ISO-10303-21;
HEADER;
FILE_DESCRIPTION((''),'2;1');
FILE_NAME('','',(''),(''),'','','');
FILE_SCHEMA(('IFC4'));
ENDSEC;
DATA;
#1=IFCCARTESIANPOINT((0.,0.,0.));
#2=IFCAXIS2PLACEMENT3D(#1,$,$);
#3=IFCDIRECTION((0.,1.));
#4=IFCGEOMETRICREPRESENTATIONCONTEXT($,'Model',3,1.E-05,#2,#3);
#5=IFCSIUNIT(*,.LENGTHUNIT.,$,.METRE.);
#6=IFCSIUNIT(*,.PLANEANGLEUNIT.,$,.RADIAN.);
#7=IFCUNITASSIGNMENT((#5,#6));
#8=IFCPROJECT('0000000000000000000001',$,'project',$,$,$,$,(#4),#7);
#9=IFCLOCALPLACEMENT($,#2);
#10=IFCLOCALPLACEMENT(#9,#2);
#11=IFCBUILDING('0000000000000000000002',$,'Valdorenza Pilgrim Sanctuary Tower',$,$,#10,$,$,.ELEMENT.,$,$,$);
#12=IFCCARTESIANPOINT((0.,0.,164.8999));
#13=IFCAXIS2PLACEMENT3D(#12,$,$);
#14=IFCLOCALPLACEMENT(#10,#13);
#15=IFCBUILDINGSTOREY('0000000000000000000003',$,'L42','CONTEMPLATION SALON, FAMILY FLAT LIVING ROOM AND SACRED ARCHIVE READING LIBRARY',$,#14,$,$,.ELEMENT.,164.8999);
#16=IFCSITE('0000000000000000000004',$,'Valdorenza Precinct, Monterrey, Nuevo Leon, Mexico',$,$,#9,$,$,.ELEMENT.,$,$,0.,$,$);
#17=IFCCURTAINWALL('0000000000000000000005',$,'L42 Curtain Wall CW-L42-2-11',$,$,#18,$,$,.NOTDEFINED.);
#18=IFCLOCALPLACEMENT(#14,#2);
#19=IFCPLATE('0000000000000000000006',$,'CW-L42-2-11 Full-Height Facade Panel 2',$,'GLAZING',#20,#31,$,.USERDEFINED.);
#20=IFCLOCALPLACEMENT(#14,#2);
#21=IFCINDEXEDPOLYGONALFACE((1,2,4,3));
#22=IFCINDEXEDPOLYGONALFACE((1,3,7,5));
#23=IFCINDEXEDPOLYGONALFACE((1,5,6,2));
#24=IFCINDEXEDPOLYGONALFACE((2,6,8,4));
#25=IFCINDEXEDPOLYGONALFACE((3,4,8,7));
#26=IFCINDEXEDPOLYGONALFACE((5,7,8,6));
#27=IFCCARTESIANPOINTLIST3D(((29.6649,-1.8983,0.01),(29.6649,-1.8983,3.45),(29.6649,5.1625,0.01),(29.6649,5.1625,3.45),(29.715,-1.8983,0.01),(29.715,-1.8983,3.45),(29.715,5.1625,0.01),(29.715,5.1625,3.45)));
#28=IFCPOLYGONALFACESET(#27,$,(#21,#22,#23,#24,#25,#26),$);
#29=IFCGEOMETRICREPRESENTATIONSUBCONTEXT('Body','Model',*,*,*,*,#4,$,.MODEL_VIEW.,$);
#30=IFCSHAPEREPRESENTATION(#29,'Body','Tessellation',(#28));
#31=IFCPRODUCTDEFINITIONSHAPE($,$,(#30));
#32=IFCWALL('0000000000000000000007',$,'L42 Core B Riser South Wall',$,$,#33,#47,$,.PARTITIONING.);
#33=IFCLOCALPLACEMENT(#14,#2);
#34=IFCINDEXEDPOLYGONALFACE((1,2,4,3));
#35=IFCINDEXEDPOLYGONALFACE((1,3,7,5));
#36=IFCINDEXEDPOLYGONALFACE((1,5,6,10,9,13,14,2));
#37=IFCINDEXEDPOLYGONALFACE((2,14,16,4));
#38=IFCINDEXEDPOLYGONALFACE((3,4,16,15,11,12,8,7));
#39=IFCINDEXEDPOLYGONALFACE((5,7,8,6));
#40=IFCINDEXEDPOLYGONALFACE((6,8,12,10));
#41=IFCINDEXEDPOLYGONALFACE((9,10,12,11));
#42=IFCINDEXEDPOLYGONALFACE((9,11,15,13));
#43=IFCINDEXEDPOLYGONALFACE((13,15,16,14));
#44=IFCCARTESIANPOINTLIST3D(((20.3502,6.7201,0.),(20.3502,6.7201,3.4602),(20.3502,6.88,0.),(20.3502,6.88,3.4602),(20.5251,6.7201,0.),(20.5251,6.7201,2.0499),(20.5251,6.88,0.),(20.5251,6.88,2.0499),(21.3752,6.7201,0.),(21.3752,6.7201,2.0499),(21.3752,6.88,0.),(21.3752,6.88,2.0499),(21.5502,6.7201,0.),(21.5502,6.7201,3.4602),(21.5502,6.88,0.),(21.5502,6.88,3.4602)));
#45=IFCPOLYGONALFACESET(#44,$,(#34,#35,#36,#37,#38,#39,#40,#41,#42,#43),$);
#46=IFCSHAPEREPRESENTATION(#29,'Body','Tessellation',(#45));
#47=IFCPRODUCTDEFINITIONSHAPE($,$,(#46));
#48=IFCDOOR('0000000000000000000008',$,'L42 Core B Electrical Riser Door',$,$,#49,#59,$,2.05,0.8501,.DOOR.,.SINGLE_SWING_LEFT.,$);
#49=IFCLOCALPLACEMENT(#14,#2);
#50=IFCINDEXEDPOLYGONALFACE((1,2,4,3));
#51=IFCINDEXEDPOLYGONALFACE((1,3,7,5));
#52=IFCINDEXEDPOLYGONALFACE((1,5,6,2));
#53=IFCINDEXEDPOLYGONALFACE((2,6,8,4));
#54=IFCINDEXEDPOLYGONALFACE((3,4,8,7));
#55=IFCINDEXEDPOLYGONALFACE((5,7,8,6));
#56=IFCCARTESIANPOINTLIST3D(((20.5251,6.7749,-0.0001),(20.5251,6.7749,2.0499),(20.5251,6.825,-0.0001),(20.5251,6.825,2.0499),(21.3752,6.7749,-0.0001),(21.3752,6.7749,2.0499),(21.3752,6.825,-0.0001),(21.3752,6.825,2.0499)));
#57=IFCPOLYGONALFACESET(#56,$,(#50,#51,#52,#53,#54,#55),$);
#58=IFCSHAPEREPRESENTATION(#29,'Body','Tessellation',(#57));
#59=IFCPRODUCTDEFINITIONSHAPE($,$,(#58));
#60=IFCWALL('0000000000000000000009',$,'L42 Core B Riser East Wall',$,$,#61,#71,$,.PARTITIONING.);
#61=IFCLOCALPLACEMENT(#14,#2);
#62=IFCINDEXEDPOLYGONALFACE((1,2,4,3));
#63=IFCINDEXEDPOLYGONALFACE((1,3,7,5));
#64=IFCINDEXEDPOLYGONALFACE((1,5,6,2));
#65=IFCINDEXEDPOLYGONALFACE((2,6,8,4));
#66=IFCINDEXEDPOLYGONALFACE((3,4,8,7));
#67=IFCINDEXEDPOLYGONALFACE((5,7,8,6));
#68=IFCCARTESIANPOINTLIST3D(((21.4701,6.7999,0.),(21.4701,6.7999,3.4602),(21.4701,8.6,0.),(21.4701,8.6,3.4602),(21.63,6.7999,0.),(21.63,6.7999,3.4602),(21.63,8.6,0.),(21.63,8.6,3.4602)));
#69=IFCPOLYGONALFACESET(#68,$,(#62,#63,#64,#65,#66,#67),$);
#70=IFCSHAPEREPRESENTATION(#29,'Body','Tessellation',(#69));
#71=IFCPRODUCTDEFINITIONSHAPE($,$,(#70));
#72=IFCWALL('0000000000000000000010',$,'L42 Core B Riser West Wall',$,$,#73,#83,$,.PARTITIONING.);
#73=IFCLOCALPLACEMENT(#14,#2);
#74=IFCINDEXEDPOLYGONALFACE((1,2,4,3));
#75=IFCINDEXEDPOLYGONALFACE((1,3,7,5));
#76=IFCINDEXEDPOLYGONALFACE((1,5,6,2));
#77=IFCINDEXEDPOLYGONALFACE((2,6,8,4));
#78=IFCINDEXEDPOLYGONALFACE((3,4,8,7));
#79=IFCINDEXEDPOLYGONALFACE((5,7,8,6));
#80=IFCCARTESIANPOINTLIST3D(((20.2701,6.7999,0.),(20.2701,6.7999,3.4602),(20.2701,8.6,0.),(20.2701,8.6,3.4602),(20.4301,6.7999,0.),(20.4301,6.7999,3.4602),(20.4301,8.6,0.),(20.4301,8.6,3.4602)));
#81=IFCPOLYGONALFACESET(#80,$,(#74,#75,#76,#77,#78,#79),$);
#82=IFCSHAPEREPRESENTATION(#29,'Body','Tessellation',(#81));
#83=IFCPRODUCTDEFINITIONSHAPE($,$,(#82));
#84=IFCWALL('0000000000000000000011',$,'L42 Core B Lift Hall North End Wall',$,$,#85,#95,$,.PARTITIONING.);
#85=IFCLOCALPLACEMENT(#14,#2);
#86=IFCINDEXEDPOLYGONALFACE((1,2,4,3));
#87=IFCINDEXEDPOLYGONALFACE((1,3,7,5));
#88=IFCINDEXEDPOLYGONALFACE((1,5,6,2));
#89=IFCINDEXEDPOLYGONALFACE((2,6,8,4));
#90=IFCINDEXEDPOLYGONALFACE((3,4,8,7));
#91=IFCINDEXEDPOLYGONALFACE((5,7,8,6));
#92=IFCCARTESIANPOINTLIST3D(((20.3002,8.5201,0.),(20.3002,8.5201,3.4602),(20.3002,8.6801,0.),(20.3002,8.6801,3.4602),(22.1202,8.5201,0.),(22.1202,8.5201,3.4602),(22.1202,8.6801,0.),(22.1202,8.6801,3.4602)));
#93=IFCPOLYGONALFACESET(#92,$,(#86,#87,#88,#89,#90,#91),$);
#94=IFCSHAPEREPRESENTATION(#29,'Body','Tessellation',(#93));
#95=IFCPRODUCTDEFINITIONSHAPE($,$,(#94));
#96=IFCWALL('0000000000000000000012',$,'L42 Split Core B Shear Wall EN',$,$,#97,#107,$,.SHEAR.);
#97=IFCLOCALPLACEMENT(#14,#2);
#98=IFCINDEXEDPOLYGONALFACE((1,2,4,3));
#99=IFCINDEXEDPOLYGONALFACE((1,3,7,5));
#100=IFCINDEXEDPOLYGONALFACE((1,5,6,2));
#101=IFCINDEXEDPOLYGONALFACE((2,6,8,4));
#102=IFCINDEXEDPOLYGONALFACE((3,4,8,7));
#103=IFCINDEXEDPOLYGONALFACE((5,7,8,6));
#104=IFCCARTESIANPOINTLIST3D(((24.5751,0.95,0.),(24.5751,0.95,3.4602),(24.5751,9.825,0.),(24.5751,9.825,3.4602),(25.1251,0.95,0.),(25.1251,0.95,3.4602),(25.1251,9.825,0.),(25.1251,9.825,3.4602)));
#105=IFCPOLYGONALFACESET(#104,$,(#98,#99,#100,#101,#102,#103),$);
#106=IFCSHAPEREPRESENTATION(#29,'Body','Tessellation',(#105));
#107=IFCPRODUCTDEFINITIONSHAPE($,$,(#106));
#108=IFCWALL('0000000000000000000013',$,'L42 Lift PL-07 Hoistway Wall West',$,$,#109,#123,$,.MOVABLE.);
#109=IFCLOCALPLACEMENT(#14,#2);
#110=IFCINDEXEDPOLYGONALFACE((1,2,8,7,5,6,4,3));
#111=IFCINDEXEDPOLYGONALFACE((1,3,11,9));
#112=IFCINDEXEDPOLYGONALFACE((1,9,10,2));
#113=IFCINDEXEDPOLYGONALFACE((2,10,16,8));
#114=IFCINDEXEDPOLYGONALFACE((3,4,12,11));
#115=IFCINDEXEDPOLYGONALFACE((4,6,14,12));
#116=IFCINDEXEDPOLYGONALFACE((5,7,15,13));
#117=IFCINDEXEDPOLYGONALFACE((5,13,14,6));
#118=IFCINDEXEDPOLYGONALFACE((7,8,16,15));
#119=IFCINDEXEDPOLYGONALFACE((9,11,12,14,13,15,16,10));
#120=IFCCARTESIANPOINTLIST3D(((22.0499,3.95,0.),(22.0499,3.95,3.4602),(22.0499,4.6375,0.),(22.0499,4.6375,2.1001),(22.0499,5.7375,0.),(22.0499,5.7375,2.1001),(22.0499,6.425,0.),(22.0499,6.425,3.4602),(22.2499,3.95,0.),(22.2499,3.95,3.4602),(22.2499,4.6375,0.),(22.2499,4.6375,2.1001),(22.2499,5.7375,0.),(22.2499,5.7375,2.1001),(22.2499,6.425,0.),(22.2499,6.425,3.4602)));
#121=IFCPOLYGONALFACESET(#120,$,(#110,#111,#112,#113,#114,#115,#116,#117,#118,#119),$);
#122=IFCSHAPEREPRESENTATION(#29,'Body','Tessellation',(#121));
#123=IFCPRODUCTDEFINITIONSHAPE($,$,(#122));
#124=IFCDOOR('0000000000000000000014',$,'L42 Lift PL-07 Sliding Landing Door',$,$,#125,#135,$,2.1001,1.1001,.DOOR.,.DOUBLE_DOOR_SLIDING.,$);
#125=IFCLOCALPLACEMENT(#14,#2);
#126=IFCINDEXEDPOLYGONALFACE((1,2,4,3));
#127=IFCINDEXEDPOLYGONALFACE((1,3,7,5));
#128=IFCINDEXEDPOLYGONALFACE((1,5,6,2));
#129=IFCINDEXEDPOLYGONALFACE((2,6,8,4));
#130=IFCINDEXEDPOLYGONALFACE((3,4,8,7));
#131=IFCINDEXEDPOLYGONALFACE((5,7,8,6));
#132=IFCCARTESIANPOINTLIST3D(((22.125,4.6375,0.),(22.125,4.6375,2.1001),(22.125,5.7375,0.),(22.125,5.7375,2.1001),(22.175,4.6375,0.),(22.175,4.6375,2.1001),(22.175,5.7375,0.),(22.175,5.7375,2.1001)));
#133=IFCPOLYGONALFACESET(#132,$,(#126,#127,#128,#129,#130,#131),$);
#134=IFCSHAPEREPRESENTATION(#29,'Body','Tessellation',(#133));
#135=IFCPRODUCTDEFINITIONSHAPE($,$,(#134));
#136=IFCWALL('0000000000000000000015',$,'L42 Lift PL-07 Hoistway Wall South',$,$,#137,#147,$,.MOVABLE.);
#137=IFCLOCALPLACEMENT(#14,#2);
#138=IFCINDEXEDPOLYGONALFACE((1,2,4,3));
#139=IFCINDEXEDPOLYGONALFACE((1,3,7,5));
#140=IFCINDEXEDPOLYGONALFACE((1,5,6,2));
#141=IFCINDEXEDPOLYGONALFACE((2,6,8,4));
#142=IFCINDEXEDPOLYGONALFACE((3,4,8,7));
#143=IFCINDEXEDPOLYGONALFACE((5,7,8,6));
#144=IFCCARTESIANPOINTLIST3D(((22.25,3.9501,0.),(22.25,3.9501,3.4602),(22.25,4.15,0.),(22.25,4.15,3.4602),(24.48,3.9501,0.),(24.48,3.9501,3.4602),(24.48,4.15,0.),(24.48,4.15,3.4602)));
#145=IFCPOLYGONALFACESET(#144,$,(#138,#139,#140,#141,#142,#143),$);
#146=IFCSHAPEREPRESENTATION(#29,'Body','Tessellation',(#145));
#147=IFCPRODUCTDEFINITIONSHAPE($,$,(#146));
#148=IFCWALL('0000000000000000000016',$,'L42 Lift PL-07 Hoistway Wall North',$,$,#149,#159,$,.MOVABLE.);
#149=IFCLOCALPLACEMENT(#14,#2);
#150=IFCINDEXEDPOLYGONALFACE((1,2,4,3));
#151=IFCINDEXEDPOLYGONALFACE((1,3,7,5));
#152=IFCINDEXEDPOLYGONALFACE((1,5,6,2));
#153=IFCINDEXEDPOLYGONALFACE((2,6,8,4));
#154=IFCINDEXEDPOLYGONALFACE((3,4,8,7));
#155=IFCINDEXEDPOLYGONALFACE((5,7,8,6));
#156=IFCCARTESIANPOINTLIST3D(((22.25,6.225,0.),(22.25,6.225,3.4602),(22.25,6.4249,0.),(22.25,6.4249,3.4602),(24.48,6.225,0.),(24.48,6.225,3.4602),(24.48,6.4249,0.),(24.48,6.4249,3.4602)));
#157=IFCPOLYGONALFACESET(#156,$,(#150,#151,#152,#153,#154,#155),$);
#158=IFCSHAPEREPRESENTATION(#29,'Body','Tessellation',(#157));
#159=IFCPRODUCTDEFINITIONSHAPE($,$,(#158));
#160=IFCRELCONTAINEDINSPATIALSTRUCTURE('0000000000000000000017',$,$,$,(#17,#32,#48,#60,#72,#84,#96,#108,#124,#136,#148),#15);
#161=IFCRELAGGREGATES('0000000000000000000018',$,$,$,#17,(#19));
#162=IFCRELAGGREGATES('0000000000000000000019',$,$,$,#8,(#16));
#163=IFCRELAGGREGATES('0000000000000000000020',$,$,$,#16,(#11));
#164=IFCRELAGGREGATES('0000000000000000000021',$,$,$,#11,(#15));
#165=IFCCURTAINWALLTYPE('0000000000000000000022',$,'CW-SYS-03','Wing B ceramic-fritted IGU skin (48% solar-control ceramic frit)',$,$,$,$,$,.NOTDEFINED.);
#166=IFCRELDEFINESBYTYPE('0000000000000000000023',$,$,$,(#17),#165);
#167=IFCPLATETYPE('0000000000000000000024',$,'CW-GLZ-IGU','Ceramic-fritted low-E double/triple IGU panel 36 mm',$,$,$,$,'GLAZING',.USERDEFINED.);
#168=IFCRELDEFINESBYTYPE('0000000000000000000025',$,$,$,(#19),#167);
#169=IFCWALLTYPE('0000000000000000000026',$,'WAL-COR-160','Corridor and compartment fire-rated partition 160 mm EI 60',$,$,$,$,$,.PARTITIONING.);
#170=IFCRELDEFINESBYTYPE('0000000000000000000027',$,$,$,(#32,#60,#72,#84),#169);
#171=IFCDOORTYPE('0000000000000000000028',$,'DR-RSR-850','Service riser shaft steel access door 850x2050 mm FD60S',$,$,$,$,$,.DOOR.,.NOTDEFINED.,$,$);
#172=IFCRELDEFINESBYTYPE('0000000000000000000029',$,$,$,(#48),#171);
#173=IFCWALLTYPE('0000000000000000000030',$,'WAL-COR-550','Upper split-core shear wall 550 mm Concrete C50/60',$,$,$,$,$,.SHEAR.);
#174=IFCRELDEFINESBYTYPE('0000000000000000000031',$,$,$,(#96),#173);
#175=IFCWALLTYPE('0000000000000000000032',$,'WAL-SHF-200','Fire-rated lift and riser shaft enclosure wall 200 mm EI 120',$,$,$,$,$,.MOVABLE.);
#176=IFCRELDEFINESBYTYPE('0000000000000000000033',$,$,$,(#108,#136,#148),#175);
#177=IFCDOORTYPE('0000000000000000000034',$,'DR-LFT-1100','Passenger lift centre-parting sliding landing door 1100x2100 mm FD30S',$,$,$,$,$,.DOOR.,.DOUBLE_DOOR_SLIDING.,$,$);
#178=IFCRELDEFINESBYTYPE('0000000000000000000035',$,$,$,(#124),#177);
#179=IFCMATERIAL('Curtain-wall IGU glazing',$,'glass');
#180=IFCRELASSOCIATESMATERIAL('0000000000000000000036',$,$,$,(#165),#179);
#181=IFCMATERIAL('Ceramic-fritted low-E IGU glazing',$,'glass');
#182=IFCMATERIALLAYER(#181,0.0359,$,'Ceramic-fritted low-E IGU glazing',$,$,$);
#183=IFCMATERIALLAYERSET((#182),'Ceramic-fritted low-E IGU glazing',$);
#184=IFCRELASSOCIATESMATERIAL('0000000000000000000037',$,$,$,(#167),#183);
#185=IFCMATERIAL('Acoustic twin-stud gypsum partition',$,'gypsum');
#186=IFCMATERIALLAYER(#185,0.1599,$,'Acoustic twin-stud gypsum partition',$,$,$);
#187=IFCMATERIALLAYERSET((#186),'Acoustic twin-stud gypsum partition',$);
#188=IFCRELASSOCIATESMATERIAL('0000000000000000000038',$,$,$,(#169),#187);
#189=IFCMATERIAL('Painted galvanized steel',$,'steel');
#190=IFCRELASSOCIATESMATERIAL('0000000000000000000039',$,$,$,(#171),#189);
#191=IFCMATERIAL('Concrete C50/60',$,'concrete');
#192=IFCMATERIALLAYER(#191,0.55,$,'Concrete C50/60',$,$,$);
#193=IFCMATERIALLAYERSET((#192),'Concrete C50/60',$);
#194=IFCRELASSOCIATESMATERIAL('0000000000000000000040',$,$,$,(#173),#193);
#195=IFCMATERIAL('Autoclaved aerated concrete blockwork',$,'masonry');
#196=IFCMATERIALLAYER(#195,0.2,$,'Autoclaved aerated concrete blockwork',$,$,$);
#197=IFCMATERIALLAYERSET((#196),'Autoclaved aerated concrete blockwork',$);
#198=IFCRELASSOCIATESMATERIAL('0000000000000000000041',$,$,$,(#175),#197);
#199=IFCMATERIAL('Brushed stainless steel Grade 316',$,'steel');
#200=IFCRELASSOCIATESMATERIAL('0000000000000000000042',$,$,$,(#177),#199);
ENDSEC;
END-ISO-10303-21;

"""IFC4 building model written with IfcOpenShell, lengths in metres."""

from ifc_helpers import new_model, si_unit, direction, frame, frame_2d, origin, origin_2d, place, context, subcontext, project, spatial, rectangle, extrude, source, transform, mapped, material, layer, layer_set, type_object, element, fill, aggregate, save


model = new_model("IFC4")

# Units and contexts
model_context = context("Model", 3, precision=1e-05, world=origin(), true_north=direction((0.0, 1.0)))
body_context = subcontext(model_context, "Body", "Model", "MODEL_VIEW")
ifc_project = project(units=[si_unit("LENGTHUNIT", "METRE"), si_unit("PLANEANGLEUNIT", "RADIAN")], contexts=[model_context])

# Site, building, storey
site_placement = place(None, origin())
site = spatial("IfcSite", under=ifc_project, at=site_placement, Name="Valdorenza Precinct, Monterrey, Nuevo Leon, Mexico", CompositionType="ELEMENT", RefElevation=0.0)
building_placement = place(site_placement, origin())
building = spatial("IfcBuilding", under=site, at=building_placement, Name="Valdorenza Pilgrim Sanctuary Tower", CompositionType="ELEMENT")
storey_placement = place(building_placement, frame((0.0, 0.0, 164.8999)))
storey = spatial("IfcBuildingStorey", under=building, at=storey_placement, Name="L42", Description="CONTEMPLATION SALON, FAMILY FLAT LIVING ROOM AND SACRED ARCHIVE READING LIBRARY", CompositionType="ELEMENT", Elevation=164.8999)

# Curtain wall, plate
ifc_material_1 = material(Name="Curtain-wall IGU glazing", Category="glass")
curtain_wall_type = type_object("IfcCurtainWallType", Name="CW-SYS-03", Description="Wing B ceramic-fritted IGU skin (48% solar-control ceramic frit)", PredefinedType="NOTDEFINED", material=ifc_material_1)
curtain_wall_placement = place(storey_placement, origin())
curtain_wall = element("IfcCurtainWall", 1, at=curtain_wall_placement, inside=storey, type_object=curtain_wall_type, Name="L42 Curtain Wall CW-L42-2-11", PredefinedType="NOTDEFINED")
ifc_material_2 = material(Name="Ceramic-fritted low-E IGU glazing", Category="glass")
ifc_layer_1 = layer(ifc_material_2, 0.0359, Name="Ceramic-fritted low-E IGU glazing")
ifc_layer_set_1 = layer_set([ifc_layer_1], Name="Ceramic-fritted low-E IGU glazing")
plate_type_1 = type_object("IfcPlateType", Name="CW-GLZ-IGU", Description="Ceramic-fritted low-E double/triple IGU panel 36 mm", ElementType="GLAZING", PredefinedType="USERDEFINED", material=ifc_layer_set_1)
shared_shape_1 = source(origin(), body_context, "Body", "SweptSolid", [
    extrude(rectangle(XDim=7.0608, YDim=0.05, at=origin_2d()), origin(), (0.0, 0.0, 1.0), 3.4399),
])
plate_1_placement = place(storey_placement, frame((29.6899, 1.6321, 0.01), z_axis=(0.0, 0.0, 1.0), x_axis=(0.0, -1.0, 0.0)))
plate_1 = element("IfcPlate", 2, at=plate_1_placement, type_object=plate_type_1, Name="CW-L42-2-11 Full-Height Facade Panel 2", ObjectType="GLAZING", PredefinedType="USERDEFINED", context=body_context, shape_type="MappedRepresentation", body=[
    mapped(shared_shape_1, transform((0.0, 0.0, 0.0), x_axis=(1.0, 0.0, 0.0), y_axis=(0.0, 1.0, 0.0), z_axis=(0.0, 0.0, 1.0), scale=1.0)),
])
aggregate(curtain_wall, [plate_1])

# Wall, opening, door
ifc_material_3 = material(Name="Acoustic twin-stud gypsum partition", Category="gypsum")
ifc_layer_2 = layer(ifc_material_3, 0.1599, Name="Acoustic twin-stud gypsum partition")
ifc_layer_set_2 = layer_set([ifc_layer_2], Name="Acoustic twin-stud gypsum partition")
wall_type_1 = type_object("IfcWallType", Name="WAL-COR-160", Description="Corridor and compartment fire-rated partition 160 mm EI 60", PredefinedType="PARTITIONING", material=ifc_layer_set_2)
wall_1_placement = place(storey_placement, frame((20.3501, 6.8, 0.0), z_axis=(0.0, 0.0, 1.0), x_axis=(1.0, 0.0, 0.0)))
wall_1 = element("IfcWall", 3, at=wall_1_placement, inside=storey, type_object=wall_type_1, Name="L42 Core B Riser South Wall", PredefinedType="PARTITIONING", context=body_context, shape_type="SweptSolid", body=[
    extrude(rectangle(XDim=1.2, YDim=0.1599, at=frame_2d((0.6001, 0.0))), origin(), (0.0, 0.0, 1.0), 3.4602),
])
opening_1_placement = place(wall_1_placement, frame((0.175, 0.0, 0.0)))
opening_1 = element("IfcOpeningElement", 4, at=opening_1_placement, cuts=wall_1, PredefinedType="OPENING", context=body_context, shape_type="SweptSolid", body=[
    extrude(rectangle(XDim=0.8501, YDim=2.05, at=frame_2d((0.425, 1.0249))), frame((0.0, 0.0947, 0.0), z_axis=(0.0, -1.0, 0.0), x_axis=(1.0, 0.0, 0.0)), (0.0, 0.0, 1.0), 0.1897),
])
ifc_material_4 = material(Name="Painted galvanized steel", Category="steel")
door_type_1 = type_object("IfcDoorType", Name="DR-RSR-850", Description="Service riser shaft steel access door 850x2050 mm FD60S", OperationType="NOTDEFINED", PredefinedType="DOOR", material=ifc_material_4)
door_1_placement = place(opening_1_placement, origin())
door_1 = element("IfcDoor", 5, at=door_1_placement, inside=storey, type_object=door_type_1, Name="L42 Core B Electrical Riser Door", OperationType="SINGLE_SWING_LEFT", OverallHeight=2.05, OverallWidth=0.8501, PredefinedType="DOOR", context=body_context, shape_type="SweptSolid", body=[
    extrude(rectangle(XDim=0.8501, YDim=2.05, at=frame_2d((0.425, 1.0249))), frame((0.0, 0.0249, 0.0), z_axis=(0.0, -1.0, 0.0), x_axis=(1.0, 0.0, 0.0)), (0.0, 0.0, 1.0), 0.05),
])
fill(opening_1, door_1)

# Walls
for number, where, z_axis, x_axis, name in (
    (6, (21.55, 6.8, 0.0), (0.0, 0.0, 1.0), (0.0, 1.0, 0.0), "L42 Core B Riser East Wall"),
    (7, (20.3501, 6.8, 0.0), (0.0, 0.0, 1.0), (0.0, 1.0, 0.0), "L42 Core B Riser West Wall"),
):
    element("IfcWall", number, at=place(storey_placement, frame(where, z_axis=z_axis, x_axis=x_axis)), inside=storey, type_object=wall_type_1, Name=name, PredefinedType="PARTITIONING", context=body_context, shape_type="SweptSolid", body=[
        extrude(rectangle(XDim=1.8, YDim=0.1599, at=frame_2d((0.8999, 0.0))), origin(), (0.0, 0.0, 1.0), 3.4602),
    ])
wall_2_placement = place(storey_placement, frame((20.3, 8.6001, 0.0), z_axis=(0.0, 0.0, 1.0), x_axis=(1.0, 0.0, 0.0)))
element("IfcWall", 8, at=wall_2_placement, inside=storey, type_object=wall_type_1, Name="L42 Core B Lift Hall North End Wall", PredefinedType="PARTITIONING", context=body_context, shape_type="SweptSolid", body=[
    extrude(rectangle(XDim=1.8201, YDim=0.1599, at=frame_2d((0.9102, 0.0))), origin(), (0.0, 0.0, 1.0), 3.4602),
])
ifc_material_5 = material(Name="Concrete C50/60", Category="concrete")
ifc_layer_3 = layer(ifc_material_5, 0.55, Name="Concrete C50/60")
ifc_layer_set_3 = layer_set([ifc_layer_3], Name="Concrete C50/60")
wall_type_2 = type_object("IfcWallType", Name="WAL-COR-550", Description="Upper split-core shear wall 550 mm Concrete C50/60", PredefinedType="SHEAR", material=ifc_layer_set_3)
wall_3_placement = place(storey_placement, frame((24.8501, 0.95, 0.0), z_axis=(0.0, 0.0, 1.0), x_axis=(0.0, 1.0, 0.0)))
element("IfcWall", 9, at=wall_3_placement, inside=storey, type_object=wall_type_2, Name="L42 Split Core B Shear Wall EN", PredefinedType="SHEAR", context=body_context, shape_type="SweptSolid", body=[
    extrude(rectangle(XDim=8.875, YDim=0.55, at=frame_2d((4.4375, 0.0))), origin(), (0.0, 0.0, 1.0), 3.4602),
])

# Wall, opening, door
ifc_material_6 = material(Name="Autoclaved aerated concrete blockwork", Category="masonry")
ifc_layer_4 = layer(ifc_material_6, 0.2, Name="Autoclaved aerated concrete blockwork")
ifc_layer_set_4 = layer_set([ifc_layer_4], Name="Autoclaved aerated concrete blockwork")
wall_type_3 = type_object("IfcWallType", Name="WAL-SHF-200", Description="Fire-rated lift and riser shaft enclosure wall 200 mm EI 120", PredefinedType="MOVABLE", material=ifc_layer_set_4)
wall_4_placement = place(storey_placement, frame((22.1499, 3.95, 0.0), z_axis=(0.0, 0.0, 1.0), x_axis=(0.0, 1.0, 0.0)))
wall_4 = element("IfcWall", 10, at=wall_4_placement, inside=storey, type_object=wall_type_3, Name="L42 Lift PL-07 Hoistway Wall West", PredefinedType="MOVABLE", context=body_context, shape_type="SweptSolid", body=[
    extrude(rectangle(XDim=2.4751, YDim=0.2, at=frame_2d((1.2375, 0.0))), origin(), (0.0, 0.0, 1.0), 3.4602),
])
opening_2_placement = place(wall_4_placement, frame((0.6875, 0.0, 0.0)))
opening_2 = element("IfcOpeningElement", 11, at=opening_2_placement, cuts=wall_4, PredefinedType="OPENING", context=body_context, shape_type="SweptSolid", body=[
    extrude(rectangle(XDim=1.1001, YDim=2.1001, at=frame_2d((0.55, 1.05))), frame((0.0, 0.1147, 0.0), z_axis=(0.0, -1.0, 0.0), x_axis=(1.0, 0.0, 0.0)), (0.0, 0.0, 1.0), 0.2297),
])
ifc_material_7 = material(Name="Brushed stainless steel Grade 316", Category="steel")
door_type_2 = type_object("IfcDoorType", Name="DR-LFT-1100", Description="Passenger lift centre-parting sliding landing door 1100x2100 mm FD30S", OperationType="DOUBLE_DOOR_SLIDING", PredefinedType="DOOR", material=ifc_material_7)
door_2_placement = place(opening_2_placement, origin())
door_2 = element("IfcDoor", 12, at=door_2_placement, inside=storey, type_object=door_type_2, Name="L42 Lift PL-07 Sliding Landing Door", OperationType="DOUBLE_DOOR_SLIDING", OverallHeight=2.1001, OverallWidth=1.1001, PredefinedType="DOOR", context=body_context, shape_type="SweptSolid", body=[
    extrude(rectangle(XDim=1.1001, YDim=2.1001, at=frame_2d((0.55, 1.05))), frame((0.0, 0.0249, 0.0), z_axis=(0.0, -1.0, 0.0), x_axis=(1.0, 0.0, 0.0)), (0.0, 0.0, 1.0), 0.05),
])
fill(opening_2, door_2)

# Walls
for number, where, z_axis, x_axis, name in (
    (13, (22.25, 4.05, 0.0), (0.0, 0.0, 1.0), (1.0, 0.0, 0.0), "L42 Lift PL-07 Hoistway Wall South"),
    (14, (22.25, 6.325, 0.0), (0.0, 0.0, 1.0), (1.0, 0.0, 0.0), "L42 Lift PL-07 Hoistway Wall North"),
):
    element("IfcWall", number, at=place(storey_placement, frame(where, z_axis=z_axis, x_axis=x_axis)), inside=storey, type_object=wall_type_3, Name=name, PredefinedType="MOVABLE", context=body_context, shape_type="SweptSolid", body=[
        extrude(rectangle(XDim=2.23, YDim=0.2, at=frame_2d((1.115, 0.0))), origin(), (0.0, 0.0, 1.0), 3.4602),
    ])

save(model, "model.ifc")
